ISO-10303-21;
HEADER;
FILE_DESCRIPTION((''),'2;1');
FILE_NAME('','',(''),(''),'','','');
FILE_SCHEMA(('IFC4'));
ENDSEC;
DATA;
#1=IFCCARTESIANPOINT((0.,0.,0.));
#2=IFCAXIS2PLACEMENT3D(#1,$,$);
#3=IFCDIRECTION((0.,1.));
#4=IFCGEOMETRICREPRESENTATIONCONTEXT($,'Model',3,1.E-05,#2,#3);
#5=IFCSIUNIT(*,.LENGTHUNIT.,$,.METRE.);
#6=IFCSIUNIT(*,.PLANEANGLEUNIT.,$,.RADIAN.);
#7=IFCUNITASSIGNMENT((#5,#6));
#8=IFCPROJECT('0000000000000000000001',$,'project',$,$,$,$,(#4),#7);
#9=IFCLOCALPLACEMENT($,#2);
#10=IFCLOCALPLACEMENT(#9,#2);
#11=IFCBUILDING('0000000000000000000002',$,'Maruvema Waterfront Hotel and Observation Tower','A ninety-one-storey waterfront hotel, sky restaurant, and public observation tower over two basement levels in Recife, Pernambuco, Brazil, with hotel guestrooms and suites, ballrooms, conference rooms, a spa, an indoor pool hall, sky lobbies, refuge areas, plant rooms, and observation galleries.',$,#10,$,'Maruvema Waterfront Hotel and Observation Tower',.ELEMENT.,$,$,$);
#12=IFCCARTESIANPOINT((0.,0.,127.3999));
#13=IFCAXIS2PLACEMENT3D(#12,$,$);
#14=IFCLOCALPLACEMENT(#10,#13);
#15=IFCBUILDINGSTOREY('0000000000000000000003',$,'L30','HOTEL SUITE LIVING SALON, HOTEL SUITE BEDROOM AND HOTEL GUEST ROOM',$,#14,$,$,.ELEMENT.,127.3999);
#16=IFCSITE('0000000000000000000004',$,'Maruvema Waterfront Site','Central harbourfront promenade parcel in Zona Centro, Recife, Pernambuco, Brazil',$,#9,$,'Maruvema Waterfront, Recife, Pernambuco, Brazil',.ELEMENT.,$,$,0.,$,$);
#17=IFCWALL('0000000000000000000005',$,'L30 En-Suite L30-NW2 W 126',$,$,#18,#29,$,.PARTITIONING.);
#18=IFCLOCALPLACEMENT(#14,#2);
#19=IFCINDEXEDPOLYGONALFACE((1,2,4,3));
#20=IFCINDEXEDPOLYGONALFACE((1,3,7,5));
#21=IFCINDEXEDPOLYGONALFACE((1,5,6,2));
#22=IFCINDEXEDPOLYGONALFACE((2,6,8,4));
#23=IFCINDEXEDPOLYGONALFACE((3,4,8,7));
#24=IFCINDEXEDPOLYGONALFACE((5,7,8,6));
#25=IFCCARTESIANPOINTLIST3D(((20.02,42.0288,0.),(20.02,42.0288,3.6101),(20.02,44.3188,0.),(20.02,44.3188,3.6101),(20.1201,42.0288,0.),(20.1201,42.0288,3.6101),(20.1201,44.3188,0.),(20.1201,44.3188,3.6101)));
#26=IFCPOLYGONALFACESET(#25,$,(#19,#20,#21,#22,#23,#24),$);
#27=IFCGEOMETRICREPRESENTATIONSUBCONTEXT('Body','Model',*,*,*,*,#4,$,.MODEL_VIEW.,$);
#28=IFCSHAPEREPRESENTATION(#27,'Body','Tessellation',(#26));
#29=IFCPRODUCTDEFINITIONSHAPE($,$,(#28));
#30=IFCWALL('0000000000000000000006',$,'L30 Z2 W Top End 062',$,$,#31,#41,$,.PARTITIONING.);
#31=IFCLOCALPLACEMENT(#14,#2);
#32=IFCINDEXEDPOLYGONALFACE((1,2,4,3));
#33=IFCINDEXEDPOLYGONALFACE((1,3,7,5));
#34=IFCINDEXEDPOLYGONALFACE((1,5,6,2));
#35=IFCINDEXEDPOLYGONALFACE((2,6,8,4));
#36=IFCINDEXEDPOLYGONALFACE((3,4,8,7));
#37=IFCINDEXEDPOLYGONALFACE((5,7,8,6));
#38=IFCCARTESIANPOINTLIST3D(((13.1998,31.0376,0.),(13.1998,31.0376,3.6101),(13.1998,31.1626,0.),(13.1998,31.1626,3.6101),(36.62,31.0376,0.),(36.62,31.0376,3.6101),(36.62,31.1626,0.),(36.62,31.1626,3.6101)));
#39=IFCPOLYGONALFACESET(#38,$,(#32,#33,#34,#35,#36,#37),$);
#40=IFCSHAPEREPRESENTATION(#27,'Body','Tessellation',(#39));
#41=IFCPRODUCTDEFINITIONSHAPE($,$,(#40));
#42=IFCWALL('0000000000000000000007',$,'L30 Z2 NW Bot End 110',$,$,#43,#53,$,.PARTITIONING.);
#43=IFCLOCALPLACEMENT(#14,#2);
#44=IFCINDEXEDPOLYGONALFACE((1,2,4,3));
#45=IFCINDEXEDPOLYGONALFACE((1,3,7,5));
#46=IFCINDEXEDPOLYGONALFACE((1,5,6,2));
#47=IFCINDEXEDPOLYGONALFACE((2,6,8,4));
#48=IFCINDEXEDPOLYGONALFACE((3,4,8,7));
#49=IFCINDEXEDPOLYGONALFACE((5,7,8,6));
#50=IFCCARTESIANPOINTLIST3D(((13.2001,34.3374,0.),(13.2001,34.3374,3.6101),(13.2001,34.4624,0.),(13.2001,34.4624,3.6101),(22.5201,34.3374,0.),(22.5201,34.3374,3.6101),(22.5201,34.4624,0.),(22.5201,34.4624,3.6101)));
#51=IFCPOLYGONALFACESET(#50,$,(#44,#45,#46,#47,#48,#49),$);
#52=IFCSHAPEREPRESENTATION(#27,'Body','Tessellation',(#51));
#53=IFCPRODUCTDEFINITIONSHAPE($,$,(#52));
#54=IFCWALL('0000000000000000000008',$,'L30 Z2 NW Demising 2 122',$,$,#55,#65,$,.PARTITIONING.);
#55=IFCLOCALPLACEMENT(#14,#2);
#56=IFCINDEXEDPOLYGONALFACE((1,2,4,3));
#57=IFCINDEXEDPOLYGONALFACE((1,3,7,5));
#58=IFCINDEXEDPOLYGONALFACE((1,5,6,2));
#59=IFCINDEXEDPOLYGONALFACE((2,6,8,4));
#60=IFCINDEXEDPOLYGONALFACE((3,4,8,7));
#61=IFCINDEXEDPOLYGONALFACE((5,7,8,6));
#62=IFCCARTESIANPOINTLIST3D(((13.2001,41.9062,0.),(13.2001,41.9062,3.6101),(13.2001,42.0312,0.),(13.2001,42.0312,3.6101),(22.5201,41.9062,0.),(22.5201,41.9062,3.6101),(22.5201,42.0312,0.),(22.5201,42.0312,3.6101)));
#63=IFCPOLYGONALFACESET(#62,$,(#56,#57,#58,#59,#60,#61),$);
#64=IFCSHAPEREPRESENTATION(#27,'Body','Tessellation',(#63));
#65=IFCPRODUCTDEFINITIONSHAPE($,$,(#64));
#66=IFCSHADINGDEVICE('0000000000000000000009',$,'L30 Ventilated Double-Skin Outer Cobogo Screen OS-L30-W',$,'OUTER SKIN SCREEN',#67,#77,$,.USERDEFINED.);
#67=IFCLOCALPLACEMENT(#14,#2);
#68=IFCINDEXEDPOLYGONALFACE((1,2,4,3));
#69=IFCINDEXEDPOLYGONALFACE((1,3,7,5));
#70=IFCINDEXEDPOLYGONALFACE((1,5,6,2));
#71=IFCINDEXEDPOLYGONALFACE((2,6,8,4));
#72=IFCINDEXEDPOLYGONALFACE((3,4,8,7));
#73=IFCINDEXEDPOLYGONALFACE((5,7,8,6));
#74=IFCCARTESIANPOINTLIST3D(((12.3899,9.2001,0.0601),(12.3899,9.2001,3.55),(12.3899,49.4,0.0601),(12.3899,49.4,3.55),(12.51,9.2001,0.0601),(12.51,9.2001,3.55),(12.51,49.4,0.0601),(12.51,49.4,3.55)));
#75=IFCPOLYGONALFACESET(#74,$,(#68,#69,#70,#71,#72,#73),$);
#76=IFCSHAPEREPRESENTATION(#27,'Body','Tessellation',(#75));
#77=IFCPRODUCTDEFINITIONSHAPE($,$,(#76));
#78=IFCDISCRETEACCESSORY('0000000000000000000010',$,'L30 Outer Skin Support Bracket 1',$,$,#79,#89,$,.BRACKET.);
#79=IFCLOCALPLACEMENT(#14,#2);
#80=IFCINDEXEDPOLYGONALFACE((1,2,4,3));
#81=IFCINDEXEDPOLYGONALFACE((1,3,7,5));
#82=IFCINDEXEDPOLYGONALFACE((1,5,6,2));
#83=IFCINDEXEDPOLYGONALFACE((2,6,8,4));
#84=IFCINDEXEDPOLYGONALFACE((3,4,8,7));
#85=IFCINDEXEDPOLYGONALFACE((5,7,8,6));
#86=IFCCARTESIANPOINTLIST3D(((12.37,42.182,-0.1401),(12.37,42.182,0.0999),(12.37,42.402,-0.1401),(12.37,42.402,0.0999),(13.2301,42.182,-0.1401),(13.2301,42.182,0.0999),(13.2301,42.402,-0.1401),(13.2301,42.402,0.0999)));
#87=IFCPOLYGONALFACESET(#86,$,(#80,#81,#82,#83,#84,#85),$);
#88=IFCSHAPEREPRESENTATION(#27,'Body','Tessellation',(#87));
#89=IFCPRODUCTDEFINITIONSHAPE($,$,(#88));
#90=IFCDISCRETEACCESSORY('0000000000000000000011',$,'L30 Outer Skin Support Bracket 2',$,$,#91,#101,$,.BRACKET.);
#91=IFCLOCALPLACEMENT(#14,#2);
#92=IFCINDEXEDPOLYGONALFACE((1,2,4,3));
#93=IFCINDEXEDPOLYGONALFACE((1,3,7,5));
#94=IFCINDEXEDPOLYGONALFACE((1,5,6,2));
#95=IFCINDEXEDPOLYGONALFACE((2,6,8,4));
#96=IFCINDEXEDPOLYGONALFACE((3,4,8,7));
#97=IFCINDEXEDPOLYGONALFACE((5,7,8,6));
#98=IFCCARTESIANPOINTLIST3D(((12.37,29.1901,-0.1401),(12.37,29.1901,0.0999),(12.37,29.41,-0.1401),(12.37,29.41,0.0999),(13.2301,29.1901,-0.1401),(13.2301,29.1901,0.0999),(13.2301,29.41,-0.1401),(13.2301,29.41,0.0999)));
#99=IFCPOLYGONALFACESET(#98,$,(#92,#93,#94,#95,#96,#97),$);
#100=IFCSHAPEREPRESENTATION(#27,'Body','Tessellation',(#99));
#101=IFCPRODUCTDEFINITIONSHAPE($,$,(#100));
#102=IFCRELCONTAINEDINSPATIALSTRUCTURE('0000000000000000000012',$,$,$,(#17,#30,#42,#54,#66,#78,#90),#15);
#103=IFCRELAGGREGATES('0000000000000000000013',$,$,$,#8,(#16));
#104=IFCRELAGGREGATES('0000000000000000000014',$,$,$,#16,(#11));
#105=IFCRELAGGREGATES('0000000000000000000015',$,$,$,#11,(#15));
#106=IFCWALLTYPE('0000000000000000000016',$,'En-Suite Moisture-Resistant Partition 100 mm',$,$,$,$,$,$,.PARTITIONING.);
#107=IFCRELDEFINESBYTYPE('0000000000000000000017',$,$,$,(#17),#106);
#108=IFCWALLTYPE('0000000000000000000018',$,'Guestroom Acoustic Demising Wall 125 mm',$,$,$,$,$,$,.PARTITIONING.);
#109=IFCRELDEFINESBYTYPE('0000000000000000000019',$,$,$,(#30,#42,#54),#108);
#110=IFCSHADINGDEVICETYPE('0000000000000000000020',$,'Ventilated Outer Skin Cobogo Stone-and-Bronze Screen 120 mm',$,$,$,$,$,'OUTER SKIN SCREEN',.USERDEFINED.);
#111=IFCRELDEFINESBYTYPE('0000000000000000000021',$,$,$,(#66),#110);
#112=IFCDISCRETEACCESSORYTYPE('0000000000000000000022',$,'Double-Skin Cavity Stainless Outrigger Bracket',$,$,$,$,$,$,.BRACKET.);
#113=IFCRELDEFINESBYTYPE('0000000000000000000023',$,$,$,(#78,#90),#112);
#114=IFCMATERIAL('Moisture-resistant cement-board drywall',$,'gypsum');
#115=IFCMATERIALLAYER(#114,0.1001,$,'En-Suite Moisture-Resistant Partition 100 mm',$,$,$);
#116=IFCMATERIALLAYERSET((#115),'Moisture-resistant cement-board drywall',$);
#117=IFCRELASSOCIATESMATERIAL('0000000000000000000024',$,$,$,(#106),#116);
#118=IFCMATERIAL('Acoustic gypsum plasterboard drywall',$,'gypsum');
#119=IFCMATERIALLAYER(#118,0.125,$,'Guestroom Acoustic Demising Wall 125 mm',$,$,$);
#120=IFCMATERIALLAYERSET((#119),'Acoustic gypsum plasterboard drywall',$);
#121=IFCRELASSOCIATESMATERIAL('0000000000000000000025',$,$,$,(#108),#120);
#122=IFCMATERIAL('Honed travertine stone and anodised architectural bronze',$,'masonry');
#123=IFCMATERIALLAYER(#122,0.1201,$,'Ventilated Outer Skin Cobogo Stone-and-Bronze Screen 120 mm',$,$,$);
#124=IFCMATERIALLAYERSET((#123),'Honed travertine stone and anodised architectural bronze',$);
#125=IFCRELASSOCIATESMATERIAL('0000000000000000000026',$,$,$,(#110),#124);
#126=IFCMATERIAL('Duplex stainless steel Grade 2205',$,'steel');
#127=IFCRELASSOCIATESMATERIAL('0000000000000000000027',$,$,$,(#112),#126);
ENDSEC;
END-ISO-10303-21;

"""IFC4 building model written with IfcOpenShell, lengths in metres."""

from ifc_helpers import new_model, si_unit, direction, frame, frame_2d, origin, origin_2d, place, context, subcontext, project, spatial, rectangle, extrude, material, layer, layer_set, type_object, element, save


model = new_model("IFC4")

# Units and contexts
model_context = context("Model", 3, precision=1e-05, world=origin(), true_north=direction((0.0, 1.0)))
body_context = subcontext(model_context, "Body", "Model", "MODEL_VIEW")
ifc_project = project(units=[si_unit("LENGTHUNIT", "METRE"), si_unit("PLANEANGLEUNIT", "RADIAN")], contexts=[model_context])

# Site, building, storey
site_placement = place(None, origin())
site = spatial("IfcSite", under=ifc_project, at=site_placement, Name="Maruvema Waterfront Site", Description="Central harbourfront promenade parcel in Zona Centro, Recife, Pernambuco, Brazil", LongName="Maruvema Waterfront, Recife, Pernambuco, Brazil", CompositionType="ELEMENT", RefElevation=0.0)
building_placement = place(site_placement, origin())
building = spatial("IfcBuilding", under=site, at=building_placement, Name="Maruvema Waterfront Hotel and Observation Tower", Description="A ninety-one-storey waterfront hotel, sky restaurant, and public observation tower over two basement levels in Recife, Pernambuco, Brazil, with hotel guestrooms and suites, ballrooms, conference rooms, a spa, an indoor pool hall, sky lobbies, refuge areas, plant rooms, and observation galleries.", LongName="Maruvema Waterfront Hotel and Observation Tower", CompositionType="ELEMENT")
storey_placement = place(building_placement, frame((0.0, 0.0, 127.3999)))
storey = spatial("IfcBuildingStorey", under=building, at=storey_placement, Name="L30", Description="HOTEL SUITE LIVING SALON, HOTEL SUITE BEDROOM AND HOTEL GUEST ROOM", CompositionType="ELEMENT", Elevation=127.3999)

# Shared definitions
ifc_material_1 = material(Name="Moisture-resistant cement-board drywall", Category="gypsum")
ifc_layer_1 = layer(ifc_material_1, 0.1001, Name="En-Suite Moisture-Resistant Partition 100 mm")
ifc_layer_set_1 = layer_set([ifc_layer_1], Name="Moisture-resistant cement-board drywall")
wall_type_1 = type_object("IfcWallType", Name="En-Suite Moisture-Resistant Partition 100 mm", PredefinedType="PARTITIONING", material=ifc_layer_set_1)

# Walls
wall_1_placement = place(storey_placement, frame((20.0701, 42.0288, 0.0), z_axis=(0.0, 0.0, 1.0), x_axis=(0.0, 1.0, 0.0)))
element("IfcWall", 1, at=wall_1_placement, inside=storey, type_object=wall_type_1, Name="L30 En-Suite L30-NW2 W 126", PredefinedType="PARTITIONING", context=body_context, shape_type="SweptSolid", body=[
    extrude(rectangle(XDim=2.29, YDim=0.1001, at=frame_2d((1.145, 0.0))), origin(), (0.0, 0.0, 1.0), 3.6101),
])
ifc_material_2 = material(Name="Acoustic gypsum plasterboard drywall", Category="gypsum")
ifc_layer_2 = layer(ifc_material_2, 0.125, Name="Guestroom Acoustic Demising Wall 125 mm")
ifc_layer_set_2 = layer_set([ifc_layer_2], Name="Acoustic gypsum plasterboard drywall")
wall_type_2 = type_object("IfcWallType", Name="Guestroom Acoustic Demising Wall 125 mm", PredefinedType="PARTITIONING", material=ifc_layer_set_2)
wall_2_placement = place(storey_placement, frame((13.2, 31.1001, 0.0), z_axis=(0.0, 0.0, 1.0), x_axis=(1.0, 0.0, 0.0)))
element("IfcWall", 2, at=wall_2_placement, inside=storey, type_object=wall_type_2, Name="L30 Z2 W Top End 062", PredefinedType="PARTITIONING", context=body_context, shape_type="SweptSolid", body=[
    extrude(rectangle(XDim=23.4202, YDim=0.125, at=frame_2d((11.71, 0.0))), origin(), (0.0, 0.0, 1.0), 3.6101),
])
for number, where, z_axis, x_axis, name in (
    (3, (13.2, 34.3999, 0.0), (0.0, 0.0, 1.0), (1.0, 0.0, 0.0), "L30 Z2 NW Bot End 110"),
    (4, (13.2, 41.9688, 0.0), (0.0, 0.0, 1.0), (1.0, 0.0, 0.0), "L30 Z2 NW Demising 2 122"),
):
    element("IfcWall", number, at=place(storey_placement, frame(where, z_axis=z_axis, x_axis=x_axis)), inside=storey, type_object=wall_type_2, Name=name, PredefinedType="PARTITIONING", context=body_context, shape_type="SweptSolid", body=[
        extrude(rectangle(XDim=9.3201, YDim=0.125, at=frame_2d((4.6602, 0.0))), origin(), (0.0, 0.0, 1.0), 3.6101),
    ])

# Shading device
ifc_material_3 = material(Name="Honed travertine stone and anodised architectural bronze", Category="masonry")
ifc_layer_3 = layer(ifc_material_3, 0.1201, Name="Ventilated Outer Skin Cobogo Stone-and-Bronze Screen 120 mm")
ifc_layer_set_3 = layer_set([ifc_layer_3], Name="Honed travertine stone and anodised architectural bronze")
shading_device_type = type_object("IfcShadingDeviceType", Name="Ventilated Outer Skin Cobogo Stone-and-Bronze Screen 120 mm", ElementType="OUTER SKIN SCREEN", PredefinedType="USERDEFINED", material=ifc_layer_set_3)
shading_device_placement = place(storey_placement, frame((12.45, 29.3, 0.0601), z_axis=(0.0, 0.0, 1.0), x_axis=(0.0, -1.0, 0.0)))
element("IfcShadingDevice", 5, at=shading_device_placement, inside=storey, type_object=shading_device_type, Name="L30 Ventilated Double-Skin Outer Cobogo Screen OS-L30-W", ObjectType="OUTER SKIN SCREEN", PredefinedType="USERDEFINED", context=body_context, shape_type="SweptSolid", body=[
    extrude(rectangle(XDim=40.2, YDim=0.1201, at=origin_2d()), origin(), (0.0, 0.0, 1.0), 3.49),
])

# Discrete accessories
ifc_material_4 = material(Name="Duplex stainless steel Grade 2205", Category="steel")
discrete_accessory_type = type_object("IfcDiscreteAccessoryType", Name="Double-Skin Cavity Stainless Outrigger Bracket", PredefinedType="BRACKET", material=ifc_material_4)
for number, where, z_axis, x_axis, name in (
    (6, (12.8, 42.292, -0.1401), (0.0, 0.0, 1.0), (0.0, -1.0, 0.0), "L30 Outer Skin Support Bracket 1"),
    (7, (12.8, 29.3, -0.1401), (0.0, 0.0, 1.0), (0.0, -1.0, 0.0), "L30 Outer Skin Support Bracket 2"),
):
    element("IfcDiscreteAccessory", number, at=place(storey_placement, frame(where, z_axis=z_axis, x_axis=x_axis)), inside=storey, type_object=discrete_accessory_type, Name=name, PredefinedType="BRACKET", context=body_context, shape_type="SweptSolid", body=[
        extrude(rectangle(XDim=0.22, YDim=0.8601, at=origin_2d()), origin(), (0.0, 0.0, 1.0), 0.24),
    ])

save(model, "model.ifc")
